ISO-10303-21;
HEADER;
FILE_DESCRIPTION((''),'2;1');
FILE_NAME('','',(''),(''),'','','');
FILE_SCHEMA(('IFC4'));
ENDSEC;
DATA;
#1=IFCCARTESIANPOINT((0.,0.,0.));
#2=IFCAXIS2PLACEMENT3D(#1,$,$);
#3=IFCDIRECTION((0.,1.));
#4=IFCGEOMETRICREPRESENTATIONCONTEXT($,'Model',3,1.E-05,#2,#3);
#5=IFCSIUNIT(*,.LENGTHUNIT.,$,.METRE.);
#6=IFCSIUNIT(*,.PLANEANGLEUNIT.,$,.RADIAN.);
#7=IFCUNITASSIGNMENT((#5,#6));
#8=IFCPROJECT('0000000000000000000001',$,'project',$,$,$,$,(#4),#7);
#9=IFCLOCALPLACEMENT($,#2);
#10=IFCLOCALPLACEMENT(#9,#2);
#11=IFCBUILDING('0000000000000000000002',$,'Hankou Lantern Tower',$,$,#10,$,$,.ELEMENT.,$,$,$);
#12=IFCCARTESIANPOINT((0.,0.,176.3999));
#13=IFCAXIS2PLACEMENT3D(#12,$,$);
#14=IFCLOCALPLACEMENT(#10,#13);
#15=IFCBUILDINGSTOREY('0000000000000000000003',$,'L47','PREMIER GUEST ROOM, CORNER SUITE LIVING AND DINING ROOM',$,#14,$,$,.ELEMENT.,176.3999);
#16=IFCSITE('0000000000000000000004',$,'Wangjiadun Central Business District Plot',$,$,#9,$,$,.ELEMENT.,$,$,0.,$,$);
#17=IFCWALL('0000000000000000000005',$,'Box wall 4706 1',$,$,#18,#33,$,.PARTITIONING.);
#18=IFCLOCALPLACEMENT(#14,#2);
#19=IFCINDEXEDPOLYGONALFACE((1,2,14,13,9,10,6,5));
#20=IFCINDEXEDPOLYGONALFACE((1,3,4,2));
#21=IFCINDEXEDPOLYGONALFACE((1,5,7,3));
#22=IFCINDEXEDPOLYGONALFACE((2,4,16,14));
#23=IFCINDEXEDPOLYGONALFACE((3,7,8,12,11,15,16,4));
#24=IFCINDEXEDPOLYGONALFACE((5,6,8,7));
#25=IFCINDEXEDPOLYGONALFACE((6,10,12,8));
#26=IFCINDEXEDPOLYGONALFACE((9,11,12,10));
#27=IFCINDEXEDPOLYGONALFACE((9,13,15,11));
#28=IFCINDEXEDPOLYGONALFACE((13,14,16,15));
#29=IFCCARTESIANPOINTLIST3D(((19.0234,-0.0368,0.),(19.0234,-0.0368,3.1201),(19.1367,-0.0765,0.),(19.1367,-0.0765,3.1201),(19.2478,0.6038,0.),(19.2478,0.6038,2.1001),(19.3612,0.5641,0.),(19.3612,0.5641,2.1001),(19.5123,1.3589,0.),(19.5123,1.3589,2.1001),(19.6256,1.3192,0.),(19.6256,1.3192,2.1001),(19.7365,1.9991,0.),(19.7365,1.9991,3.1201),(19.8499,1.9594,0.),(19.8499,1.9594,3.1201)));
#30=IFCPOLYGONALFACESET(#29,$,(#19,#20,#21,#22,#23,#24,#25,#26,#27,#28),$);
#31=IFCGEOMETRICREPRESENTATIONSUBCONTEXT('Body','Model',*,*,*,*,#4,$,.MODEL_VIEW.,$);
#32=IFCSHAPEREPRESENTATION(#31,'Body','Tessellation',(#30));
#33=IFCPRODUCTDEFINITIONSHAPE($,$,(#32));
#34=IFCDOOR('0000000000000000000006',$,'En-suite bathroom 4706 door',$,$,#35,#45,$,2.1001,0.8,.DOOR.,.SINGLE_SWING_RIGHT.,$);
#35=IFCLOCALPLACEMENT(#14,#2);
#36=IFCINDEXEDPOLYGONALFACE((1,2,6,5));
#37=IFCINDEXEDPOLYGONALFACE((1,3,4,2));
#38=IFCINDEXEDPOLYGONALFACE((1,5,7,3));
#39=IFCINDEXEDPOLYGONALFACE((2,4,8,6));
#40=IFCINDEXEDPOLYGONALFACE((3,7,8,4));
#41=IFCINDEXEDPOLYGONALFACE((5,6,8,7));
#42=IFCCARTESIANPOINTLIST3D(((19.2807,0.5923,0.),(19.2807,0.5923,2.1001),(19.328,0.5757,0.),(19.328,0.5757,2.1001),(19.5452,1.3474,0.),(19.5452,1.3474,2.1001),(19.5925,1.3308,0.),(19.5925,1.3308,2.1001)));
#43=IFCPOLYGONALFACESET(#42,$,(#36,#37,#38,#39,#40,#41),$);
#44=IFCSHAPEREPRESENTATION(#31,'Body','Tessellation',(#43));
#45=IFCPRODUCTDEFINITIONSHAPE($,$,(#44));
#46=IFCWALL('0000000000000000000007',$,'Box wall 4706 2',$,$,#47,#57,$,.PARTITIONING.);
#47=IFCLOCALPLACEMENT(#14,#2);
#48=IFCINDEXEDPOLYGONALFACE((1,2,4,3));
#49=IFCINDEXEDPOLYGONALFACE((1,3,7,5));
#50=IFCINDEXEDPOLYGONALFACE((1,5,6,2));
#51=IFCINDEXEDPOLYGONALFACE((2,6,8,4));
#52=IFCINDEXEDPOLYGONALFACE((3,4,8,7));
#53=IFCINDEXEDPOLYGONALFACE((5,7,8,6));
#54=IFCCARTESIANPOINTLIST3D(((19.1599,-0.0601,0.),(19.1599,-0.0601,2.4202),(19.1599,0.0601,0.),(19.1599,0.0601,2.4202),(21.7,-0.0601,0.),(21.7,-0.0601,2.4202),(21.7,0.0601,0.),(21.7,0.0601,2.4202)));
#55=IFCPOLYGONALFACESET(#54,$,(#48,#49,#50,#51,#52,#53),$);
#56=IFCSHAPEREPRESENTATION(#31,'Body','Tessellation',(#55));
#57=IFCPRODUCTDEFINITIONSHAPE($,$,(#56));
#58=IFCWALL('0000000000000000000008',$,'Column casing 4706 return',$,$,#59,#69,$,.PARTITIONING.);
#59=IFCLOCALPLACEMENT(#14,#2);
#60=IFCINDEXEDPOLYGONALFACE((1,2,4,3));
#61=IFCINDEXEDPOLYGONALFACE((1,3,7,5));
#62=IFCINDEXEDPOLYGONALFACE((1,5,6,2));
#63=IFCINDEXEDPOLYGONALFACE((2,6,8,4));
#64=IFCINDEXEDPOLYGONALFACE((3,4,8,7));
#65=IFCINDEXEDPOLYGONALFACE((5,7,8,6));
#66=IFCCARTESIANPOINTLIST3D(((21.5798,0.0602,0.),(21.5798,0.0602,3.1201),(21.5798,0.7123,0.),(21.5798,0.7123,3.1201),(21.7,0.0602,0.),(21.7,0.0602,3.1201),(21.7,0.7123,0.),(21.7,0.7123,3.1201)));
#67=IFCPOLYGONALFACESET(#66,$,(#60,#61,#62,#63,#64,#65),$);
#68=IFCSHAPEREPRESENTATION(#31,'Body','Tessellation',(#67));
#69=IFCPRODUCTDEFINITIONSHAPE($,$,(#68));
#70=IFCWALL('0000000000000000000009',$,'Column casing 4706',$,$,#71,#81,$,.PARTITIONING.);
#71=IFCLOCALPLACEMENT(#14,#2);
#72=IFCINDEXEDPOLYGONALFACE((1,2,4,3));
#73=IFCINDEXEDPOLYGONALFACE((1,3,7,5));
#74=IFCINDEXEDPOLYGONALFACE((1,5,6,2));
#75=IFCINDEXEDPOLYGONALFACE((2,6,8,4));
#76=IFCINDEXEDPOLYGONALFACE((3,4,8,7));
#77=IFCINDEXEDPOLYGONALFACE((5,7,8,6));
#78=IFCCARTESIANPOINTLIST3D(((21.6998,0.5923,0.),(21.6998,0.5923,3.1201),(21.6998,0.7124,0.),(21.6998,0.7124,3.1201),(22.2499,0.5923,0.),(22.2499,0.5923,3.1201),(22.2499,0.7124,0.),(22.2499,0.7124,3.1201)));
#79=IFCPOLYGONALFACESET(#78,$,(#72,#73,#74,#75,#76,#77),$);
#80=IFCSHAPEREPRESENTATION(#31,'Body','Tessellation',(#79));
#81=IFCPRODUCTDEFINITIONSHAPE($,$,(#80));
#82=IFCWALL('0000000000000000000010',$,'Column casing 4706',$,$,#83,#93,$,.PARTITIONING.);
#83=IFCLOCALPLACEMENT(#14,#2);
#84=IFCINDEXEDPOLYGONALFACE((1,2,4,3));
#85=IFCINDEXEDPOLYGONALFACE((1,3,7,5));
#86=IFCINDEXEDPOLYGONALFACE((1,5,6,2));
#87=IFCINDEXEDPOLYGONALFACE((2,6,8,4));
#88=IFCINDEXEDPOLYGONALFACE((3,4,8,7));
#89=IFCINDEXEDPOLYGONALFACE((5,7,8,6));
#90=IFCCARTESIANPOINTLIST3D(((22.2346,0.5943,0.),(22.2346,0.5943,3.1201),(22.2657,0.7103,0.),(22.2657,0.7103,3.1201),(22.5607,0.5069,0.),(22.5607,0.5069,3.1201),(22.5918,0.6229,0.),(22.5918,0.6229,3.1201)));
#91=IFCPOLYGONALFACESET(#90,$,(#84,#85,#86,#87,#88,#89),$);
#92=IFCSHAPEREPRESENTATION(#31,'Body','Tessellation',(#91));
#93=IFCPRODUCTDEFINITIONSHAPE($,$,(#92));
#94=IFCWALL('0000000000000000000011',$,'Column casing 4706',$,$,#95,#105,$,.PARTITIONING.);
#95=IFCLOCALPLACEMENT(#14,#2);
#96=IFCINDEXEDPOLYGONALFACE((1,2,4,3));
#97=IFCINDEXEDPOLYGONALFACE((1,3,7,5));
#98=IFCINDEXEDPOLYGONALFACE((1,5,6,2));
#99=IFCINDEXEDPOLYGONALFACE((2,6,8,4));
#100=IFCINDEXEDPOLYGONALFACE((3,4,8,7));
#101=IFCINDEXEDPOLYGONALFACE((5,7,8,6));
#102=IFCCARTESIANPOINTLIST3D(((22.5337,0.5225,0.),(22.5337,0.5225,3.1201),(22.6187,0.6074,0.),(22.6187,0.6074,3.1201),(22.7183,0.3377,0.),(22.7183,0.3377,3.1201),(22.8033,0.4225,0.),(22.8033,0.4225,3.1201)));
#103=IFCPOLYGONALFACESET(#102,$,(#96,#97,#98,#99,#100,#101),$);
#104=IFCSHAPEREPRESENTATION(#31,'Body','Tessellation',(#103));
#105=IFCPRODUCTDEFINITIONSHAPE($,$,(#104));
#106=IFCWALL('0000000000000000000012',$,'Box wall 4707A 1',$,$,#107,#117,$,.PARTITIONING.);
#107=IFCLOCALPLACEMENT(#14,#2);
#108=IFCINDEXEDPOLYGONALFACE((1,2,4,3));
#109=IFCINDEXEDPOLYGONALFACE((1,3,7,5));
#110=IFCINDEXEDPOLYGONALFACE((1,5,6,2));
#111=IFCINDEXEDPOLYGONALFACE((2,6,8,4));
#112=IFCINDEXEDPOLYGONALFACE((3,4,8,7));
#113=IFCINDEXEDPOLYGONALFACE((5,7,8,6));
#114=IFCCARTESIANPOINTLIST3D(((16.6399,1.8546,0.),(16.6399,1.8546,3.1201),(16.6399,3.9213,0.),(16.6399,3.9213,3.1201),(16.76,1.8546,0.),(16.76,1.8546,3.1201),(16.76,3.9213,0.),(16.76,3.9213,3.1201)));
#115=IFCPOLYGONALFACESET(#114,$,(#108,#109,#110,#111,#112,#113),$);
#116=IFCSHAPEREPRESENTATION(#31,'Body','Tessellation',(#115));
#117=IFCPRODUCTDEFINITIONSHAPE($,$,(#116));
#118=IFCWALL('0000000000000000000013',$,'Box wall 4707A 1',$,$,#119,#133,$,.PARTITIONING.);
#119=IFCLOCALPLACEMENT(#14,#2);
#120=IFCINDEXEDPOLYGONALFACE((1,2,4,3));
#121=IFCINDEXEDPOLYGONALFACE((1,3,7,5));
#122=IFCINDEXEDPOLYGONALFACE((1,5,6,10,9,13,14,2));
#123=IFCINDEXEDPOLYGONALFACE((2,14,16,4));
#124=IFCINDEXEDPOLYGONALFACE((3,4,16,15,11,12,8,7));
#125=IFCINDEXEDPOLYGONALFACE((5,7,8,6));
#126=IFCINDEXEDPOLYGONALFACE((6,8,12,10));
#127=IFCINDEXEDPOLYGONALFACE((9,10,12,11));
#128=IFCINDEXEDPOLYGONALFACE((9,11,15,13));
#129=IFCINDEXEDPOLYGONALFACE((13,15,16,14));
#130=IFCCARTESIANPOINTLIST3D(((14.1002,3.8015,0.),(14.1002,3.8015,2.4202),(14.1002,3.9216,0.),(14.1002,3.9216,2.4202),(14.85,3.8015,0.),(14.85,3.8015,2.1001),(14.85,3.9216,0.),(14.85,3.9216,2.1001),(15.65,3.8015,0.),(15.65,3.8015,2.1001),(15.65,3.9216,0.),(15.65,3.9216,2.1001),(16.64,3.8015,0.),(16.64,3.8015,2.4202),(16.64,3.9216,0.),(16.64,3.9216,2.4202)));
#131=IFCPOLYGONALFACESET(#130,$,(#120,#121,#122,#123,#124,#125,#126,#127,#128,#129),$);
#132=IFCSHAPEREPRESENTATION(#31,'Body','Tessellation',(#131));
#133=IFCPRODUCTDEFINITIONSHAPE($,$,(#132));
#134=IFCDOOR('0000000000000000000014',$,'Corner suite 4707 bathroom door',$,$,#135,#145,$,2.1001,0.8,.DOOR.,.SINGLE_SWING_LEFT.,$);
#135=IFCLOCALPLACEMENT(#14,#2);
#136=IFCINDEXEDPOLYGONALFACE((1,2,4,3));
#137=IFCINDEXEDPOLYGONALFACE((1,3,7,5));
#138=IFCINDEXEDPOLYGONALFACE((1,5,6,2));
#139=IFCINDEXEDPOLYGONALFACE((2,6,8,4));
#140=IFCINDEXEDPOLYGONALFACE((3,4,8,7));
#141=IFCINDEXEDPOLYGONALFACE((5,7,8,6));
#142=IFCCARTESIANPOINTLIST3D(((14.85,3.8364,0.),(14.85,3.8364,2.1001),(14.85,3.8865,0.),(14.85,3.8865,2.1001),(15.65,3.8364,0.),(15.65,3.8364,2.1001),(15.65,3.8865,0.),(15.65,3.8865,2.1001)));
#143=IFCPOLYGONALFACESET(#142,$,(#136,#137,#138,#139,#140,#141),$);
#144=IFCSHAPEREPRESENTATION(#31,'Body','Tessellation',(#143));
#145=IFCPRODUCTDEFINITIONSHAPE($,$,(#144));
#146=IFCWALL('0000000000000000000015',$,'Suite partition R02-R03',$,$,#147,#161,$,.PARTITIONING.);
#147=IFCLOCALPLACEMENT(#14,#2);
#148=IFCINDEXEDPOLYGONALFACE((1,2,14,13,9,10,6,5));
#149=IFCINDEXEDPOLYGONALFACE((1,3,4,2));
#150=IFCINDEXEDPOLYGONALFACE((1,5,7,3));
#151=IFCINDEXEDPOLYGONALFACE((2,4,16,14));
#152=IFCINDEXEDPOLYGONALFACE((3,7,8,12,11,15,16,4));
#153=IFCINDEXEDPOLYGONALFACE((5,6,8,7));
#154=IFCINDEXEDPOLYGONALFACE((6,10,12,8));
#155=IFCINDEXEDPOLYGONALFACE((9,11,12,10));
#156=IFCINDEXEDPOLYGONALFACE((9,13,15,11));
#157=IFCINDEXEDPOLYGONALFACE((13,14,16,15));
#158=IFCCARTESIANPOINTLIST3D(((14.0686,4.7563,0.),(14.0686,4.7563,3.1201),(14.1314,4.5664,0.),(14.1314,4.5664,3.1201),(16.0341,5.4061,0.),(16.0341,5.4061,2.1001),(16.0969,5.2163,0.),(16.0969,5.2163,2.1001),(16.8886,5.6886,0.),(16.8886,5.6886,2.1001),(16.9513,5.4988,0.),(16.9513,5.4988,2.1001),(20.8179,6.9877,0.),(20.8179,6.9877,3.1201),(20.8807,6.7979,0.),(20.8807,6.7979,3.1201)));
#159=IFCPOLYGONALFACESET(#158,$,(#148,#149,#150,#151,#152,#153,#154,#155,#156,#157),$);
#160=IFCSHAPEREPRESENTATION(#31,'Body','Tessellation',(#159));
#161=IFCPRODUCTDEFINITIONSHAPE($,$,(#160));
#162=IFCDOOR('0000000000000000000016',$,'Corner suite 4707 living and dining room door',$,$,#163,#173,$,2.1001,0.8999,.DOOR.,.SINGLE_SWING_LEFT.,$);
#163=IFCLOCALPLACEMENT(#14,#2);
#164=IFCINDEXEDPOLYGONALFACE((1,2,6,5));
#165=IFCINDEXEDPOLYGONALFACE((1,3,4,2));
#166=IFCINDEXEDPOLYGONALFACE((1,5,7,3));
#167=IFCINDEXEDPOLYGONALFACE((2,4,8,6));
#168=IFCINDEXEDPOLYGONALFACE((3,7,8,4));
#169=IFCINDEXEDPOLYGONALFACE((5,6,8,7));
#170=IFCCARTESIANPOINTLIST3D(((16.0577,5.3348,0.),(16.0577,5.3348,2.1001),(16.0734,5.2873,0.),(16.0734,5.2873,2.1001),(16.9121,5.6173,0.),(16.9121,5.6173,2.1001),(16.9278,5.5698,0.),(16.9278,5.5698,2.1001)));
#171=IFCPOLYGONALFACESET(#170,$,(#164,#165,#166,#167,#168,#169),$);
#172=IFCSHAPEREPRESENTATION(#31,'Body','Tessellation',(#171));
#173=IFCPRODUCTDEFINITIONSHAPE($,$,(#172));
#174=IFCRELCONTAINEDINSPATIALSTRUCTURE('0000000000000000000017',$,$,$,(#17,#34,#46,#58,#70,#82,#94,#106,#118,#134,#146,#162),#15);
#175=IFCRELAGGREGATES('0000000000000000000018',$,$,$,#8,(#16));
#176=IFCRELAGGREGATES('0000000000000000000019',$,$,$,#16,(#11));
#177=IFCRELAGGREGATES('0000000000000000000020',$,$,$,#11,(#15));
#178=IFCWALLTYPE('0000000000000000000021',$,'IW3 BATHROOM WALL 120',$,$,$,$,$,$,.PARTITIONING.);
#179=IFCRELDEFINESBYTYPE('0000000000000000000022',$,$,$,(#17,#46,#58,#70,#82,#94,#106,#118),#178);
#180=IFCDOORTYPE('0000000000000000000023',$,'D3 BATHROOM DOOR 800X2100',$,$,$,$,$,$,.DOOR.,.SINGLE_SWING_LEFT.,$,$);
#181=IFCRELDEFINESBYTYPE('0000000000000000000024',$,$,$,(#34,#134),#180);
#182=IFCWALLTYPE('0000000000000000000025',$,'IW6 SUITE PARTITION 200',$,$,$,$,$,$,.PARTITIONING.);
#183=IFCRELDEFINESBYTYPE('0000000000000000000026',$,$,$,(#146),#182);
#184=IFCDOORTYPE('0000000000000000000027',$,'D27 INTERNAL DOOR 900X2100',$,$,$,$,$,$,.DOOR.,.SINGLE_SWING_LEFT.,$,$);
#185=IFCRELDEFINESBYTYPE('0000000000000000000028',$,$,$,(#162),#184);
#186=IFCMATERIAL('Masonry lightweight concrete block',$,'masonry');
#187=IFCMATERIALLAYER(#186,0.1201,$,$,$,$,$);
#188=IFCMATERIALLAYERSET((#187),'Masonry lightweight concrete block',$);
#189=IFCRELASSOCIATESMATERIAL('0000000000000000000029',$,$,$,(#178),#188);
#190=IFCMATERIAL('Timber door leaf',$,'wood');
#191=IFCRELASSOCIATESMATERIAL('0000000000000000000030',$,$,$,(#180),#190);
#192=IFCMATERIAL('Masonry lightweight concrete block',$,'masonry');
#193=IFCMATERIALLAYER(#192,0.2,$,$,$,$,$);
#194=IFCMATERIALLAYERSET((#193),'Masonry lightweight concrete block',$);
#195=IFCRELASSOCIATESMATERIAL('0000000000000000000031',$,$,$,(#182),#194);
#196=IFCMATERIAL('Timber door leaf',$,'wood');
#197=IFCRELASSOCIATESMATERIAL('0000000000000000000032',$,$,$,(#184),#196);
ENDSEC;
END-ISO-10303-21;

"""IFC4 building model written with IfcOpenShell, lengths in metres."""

from ifc_helpers import new_model, si_unit, direction, frame, frame_2d, origin, place, context, subcontext, project, spatial, rectangle, extrude, material, layer, layer_set, type_object, element, fill, save


model = new_model("IFC4")

# Units and contexts
model_context = context("Model", 3, precision=1e-05, world=origin(), true_north=direction((0.0, 1.0)))
body_context = subcontext(model_context, "Body", "Model", "MODEL_VIEW")
ifc_project = project(units=[si_unit("LENGTHUNIT", "METRE"), si_unit("PLANEANGLEUNIT", "RADIAN")], contexts=[model_context])

# Site, building, storey
site_placement = place(None, origin())
site = spatial("IfcSite", under=ifc_project, at=site_placement, Name="Wangjiadun Central Business District Plot", CompositionType="ELEMENT", RefElevation=0.0)
building_placement = place(site_placement, origin())
building = spatial("IfcBuilding", under=site, at=building_placement, Name="Hankou Lantern Tower", CompositionType="ELEMENT")
storey_placement = place(building_placement, frame((0.0, 0.0, 176.3999)))
storey = spatial("IfcBuildingStorey", under=building, at=storey_placement, Name="L47", Description="PREMIER GUEST ROOM, CORNER SUITE LIVING AND DINING ROOM", CompositionType="ELEMENT", Elevation=176.3999)

# Wall, opening, door
ifc_material_1 = material(Name="Masonry lightweight concrete block", Category="masonry")
ifc_layer_1 = layer(ifc_material_1, 0.1201)
ifc_layer_set_1 = layer_set([ifc_layer_1], Name="Masonry lightweight concrete block")
wall_type_1 = type_object("IfcWallType", Name="IW3 BATHROOM WALL 120", PredefinedType="PARTITIONING", material=ifc_layer_set_1)
wall_1_placement = place(storey_placement, frame((19.7932, 1.9792, 0.0), z_axis=(0.0, 0.0, 1.0), x_axis=(-0.330587, -0.943775, 0.0)))
wall_1 = element("IfcWall", 1, at=wall_1_placement, inside=storey, type_object=wall_type_1, Name="Box wall 4706 1", PredefinedType="PARTITIONING", context=body_context, shape_type="SweptSolid", body=[
    extrude(rectangle(XDim=2.1572, YDim=0.1201, at=frame_2d((1.0786, 0.0))), origin(), (0.0, 0.0, 1.0), 3.1201),
])
opening_1_placement = place(wall_1_placement, frame((0.6785, 0.0, 0.0)))
opening_1 = element("IfcOpeningElement", 2, at=opening_1_placement, cuts=wall_1, PredefinedType="OPENING", context=body_context, shape_type="SweptSolid", body=[
    extrude(rectangle(XDim=0.8, YDim=2.1001, at=frame_2d((0.3999, 1.05))), frame((0.0, 0.0701, 0.0), z_axis=(0.0, -1.0, 0.0), x_axis=(1.0, 0.0, 0.0)), (0.0, 0.0, 1.0), 0.1401),
])
ifc_material_2 = material(Name="Timber door leaf", Category="wood")
door_type_1 = type_object("IfcDoorType", Name="D3 BATHROOM DOOR 800X2100", OperationType="SINGLE_SWING_LEFT", PredefinedType="DOOR", material=ifc_material_2)
door_1_placement = place(opening_1_placement, origin())
door_1 = element("IfcDoor", 3, at=door_1_placement, inside=storey, type_object=door_type_1, Name="En-suite bathroom 4706 door", OperationType="SINGLE_SWING_RIGHT", OverallHeight=2.1001, OverallWidth=0.8, PredefinedType="DOOR", context=body_context, shape_type="SweptSolid", body=[
    extrude(rectangle(XDim=0.8, YDim=2.1001, at=frame_2d((0.3999, 1.05))), frame((0.0, 0.0249, 0.0), z_axis=(0.0, -1.0, 0.0), x_axis=(1.0, 0.0, 0.0)), (0.0, 0.0, 1.0), 0.05),
])
fill(opening_1, door_1)

# Walls
wall_2_placement = place(storey_placement, frame((19.1599, 0.0, 0.0), z_axis=(0.0, 0.0, 1.0), x_axis=(1.0, 0.0, 0.0)))
element("IfcWall", 4, at=wall_2_placement, inside=storey, type_object=wall_type_1, Name="Box wall 4706 2", PredefinedType="PARTITIONING", context=body_context, shape_type="SweptSolid", body=[
    extrude(rectangle(XDim=2.54, YDim=0.1201, at=frame_2d((1.27, 0.0))), origin(), (0.0, 0.0, 1.0), 2.4202),
])
wall_3_placement = place(storey_placement, frame((21.6399, 0.0601, 0.0), z_axis=(0.0, 0.0, 1.0), x_axis=(0.0, 1.0, 0.0)))
element("IfcWall", 5, at=wall_3_placement, inside=storey, type_object=wall_type_1, Name="Column casing 4706 return", PredefinedType="PARTITIONING", context=body_context, shape_type="SweptSolid", body=[
    extrude(rectangle(XDim=0.6521, YDim=0.1201, at=frame_2d((0.3262, 0.0))), origin(), (0.0, 0.0, 1.0), 3.1201),
])
wall_4_placement = place(storey_placement, frame((21.7, 0.6523, 0.0), z_axis=(0.0, 0.0, 1.0), x_axis=(1.0, 0.0, 0.0)))
element("IfcWall", 6, at=wall_4_placement, inside=storey, type_object=wall_type_1, Name="Column casing 4706", PredefinedType="PARTITIONING", context=body_context, shape_type="SweptSolid", body=[
    extrude(rectangle(XDim=0.55, YDim=0.1201, at=frame_2d((0.2749, 0.0))), origin(), (0.0, 0.0, 1.0), 3.1201),
])
wall_5_placement = place(storey_placement, frame((22.25, 0.6523, 0.0), z_axis=(0.0, 0.0, 1.0), x_axis=(0.965922, -0.258832, 0.0)))
element("IfcWall", 7, at=wall_5_placement, inside=storey, type_object=wall_type_1, Name="Column casing 4706", PredefinedType="PARTITIONING", context=body_context, shape_type="SweptSolid", body=[
    extrude(rectangle(XDim=0.3376, YDim=0.1201, at=frame_2d((0.1689, 0.0))), origin(), (0.0, 0.0, 1.0), 3.1201),
])
wall_6_placement = place(storey_placement, frame((22.5762, 0.5649, 0.0), z_axis=(0.0, 0.0, 1.0), x_axis=(0.706639, -0.707574, 0.0)))
element("IfcWall", 8, at=wall_6_placement, inside=storey, type_object=wall_type_1, Name="Column casing 4706", PredefinedType="PARTITIONING", context=body_context, shape_type="SweptSolid", body=[
    extrude(rectangle(XDim=0.2612, YDim=0.1201, at=frame_2d((0.1306, 0.0))), origin(), (0.0, 0.0, 1.0), 3.1201),
])
wall_7_placement = place(storey_placement, frame((16.7, 1.8547, 0.0), z_axis=(0.0, 0.0, 1.0), x_axis=(0.0, 1.0, 0.0)))
element("IfcWall", 9, at=wall_7_placement, inside=storey, type_object=wall_type_1, Name="Box wall 4707A 1", PredefinedType="PARTITIONING", context=body_context, shape_type="SweptSolid", body=[
    extrude(rectangle(XDim=2.0667, YDim=0.1201, at=frame_2d((1.0332, 0.0))), origin(), (0.0, 0.0, 1.0), 3.1201),
])

# Walls, openings, doors
wall_8_placement = place(storey_placement, frame((14.1001, 3.8616, 0.0), z_axis=(0.0, 0.0, 1.0), x_axis=(1.0, 0.0, 0.0)))
wall_8 = element("IfcWall", 10, at=wall_8_placement, inside=storey, type_object=wall_type_1, Name="Box wall 4707A 1", PredefinedType="PARTITIONING", context=body_context, shape_type="SweptSolid", body=[
    extrude(rectangle(XDim=2.5398, YDim=0.1201, at=frame_2d((1.27, 0.0))), origin(), (0.0, 0.0, 1.0), 2.4202),
])
opening_2_placement = place(wall_8_placement, frame((0.75, 0.0, 0.0)))
opening_2 = element("IfcOpeningElement", 11, at=opening_2_placement, cuts=wall_8, PredefinedType="OPENING", context=body_context, shape_type="SweptSolid", body=[
    extrude(rectangle(XDim=0.8, YDim=2.1001, at=frame_2d((0.3999, 1.05))), frame((0.0, 0.0701, 0.0), z_axis=(0.0, -1.0, 0.0), x_axis=(1.0, 0.0, 0.0)), (0.0, 0.0, 1.0), 0.1401),
])
door_2_placement = place(opening_2_placement, origin())
door_2 = element("IfcDoor", 12, at=door_2_placement, inside=storey, type_object=door_type_1, Name="Corner suite 4707 bathroom door", OperationType="SINGLE_SWING_LEFT", OverallHeight=2.1001, OverallWidth=0.8, PredefinedType="DOOR", context=body_context, shape_type="SweptSolid", body=[
    extrude(rectangle(XDim=0.8, YDim=2.1001, at=frame_2d((0.3999, 1.05))), frame((0.0, 0.0249, 0.0), z_axis=(0.0, -1.0, 0.0), x_axis=(1.0, 0.0, 0.0)), (0.0, 0.0, 1.0), 0.05),
])
fill(opening_2, door_2)
ifc_material_3 = material(Name="Masonry lightweight concrete block", Category="masonry")
ifc_layer_2 = layer(ifc_material_3, 0.2)
ifc_layer_set_2 = layer_set([ifc_layer_2], Name="Masonry lightweight concrete block")
wall_type_2 = type_object("IfcWallType", Name="IW6 SUITE PARTITION 200", PredefinedType="PARTITIONING", material=ifc_layer_set_2)
wall_9_placement = place(storey_placement, frame((14.1001, 4.6614, 0.0), z_axis=(0.0, 0.0, 1.0), x_axis=(0.949453, 0.313909, 0.0)))
wall_9 = element("IfcWall", 13, at=wall_9_placement, inside=storey, type_object=wall_type_2, Name="Suite partition R02-R03", PredefinedType="PARTITIONING", context=body_context, shape_type="SweptSolid", body=[
    extrude(rectangle(XDim=7.1086, YDim=0.2, at=frame_2d((3.5542, 0.0))), origin(), (0.0, 0.0, 1.0), 3.1201),
])
opening_3_placement = place(wall_9_placement, frame((2.0701, 0.0, 0.0)))
opening_3 = element("IfcOpeningElement", 14, at=opening_3_placement, cuts=wall_9, PredefinedType="OPENING", context=body_context, shape_type="SweptSolid", body=[
    extrude(rectangle(XDim=0.8999, YDim=2.1001, at=frame_2d((0.45, 1.05))), frame((0.0, 0.1099, 0.0), z_axis=(0.0, -1.0, 0.0), x_axis=(1.0, 0.0, 0.0)), (0.0, 0.0, 1.0), 0.22),
])
ifc_material_4 = material(Name="Timber door leaf", Category="wood")
door_type_2 = type_object("IfcDoorType", Name="D27 INTERNAL DOOR 900X2100", OperationType="SINGLE_SWING_LEFT", PredefinedType="DOOR", material=ifc_material_4)
door_3_placement = place(opening_3_placement, origin())
door_3 = element("IfcDoor", 15, at=door_3_placement, inside=storey, type_object=door_type_2, Name="Corner suite 4707 living and dining room door", OperationType="SINGLE_SWING_LEFT", OverallHeight=2.1001, OverallWidth=0.8999, PredefinedType="DOOR", context=body_context, shape_type="SweptSolid", body=[
    extrude(rectangle(XDim=0.8999, YDim=2.1001, at=frame_2d((0.45, 1.05))), frame((0.0, 0.0249, 0.0), z_axis=(0.0, -1.0, 0.0), x_axis=(1.0, 0.0, 0.0)), (0.0, 0.0, 1.0), 0.05),
])
fill(opening_3, door_3)

save(model, "model.ifc")
